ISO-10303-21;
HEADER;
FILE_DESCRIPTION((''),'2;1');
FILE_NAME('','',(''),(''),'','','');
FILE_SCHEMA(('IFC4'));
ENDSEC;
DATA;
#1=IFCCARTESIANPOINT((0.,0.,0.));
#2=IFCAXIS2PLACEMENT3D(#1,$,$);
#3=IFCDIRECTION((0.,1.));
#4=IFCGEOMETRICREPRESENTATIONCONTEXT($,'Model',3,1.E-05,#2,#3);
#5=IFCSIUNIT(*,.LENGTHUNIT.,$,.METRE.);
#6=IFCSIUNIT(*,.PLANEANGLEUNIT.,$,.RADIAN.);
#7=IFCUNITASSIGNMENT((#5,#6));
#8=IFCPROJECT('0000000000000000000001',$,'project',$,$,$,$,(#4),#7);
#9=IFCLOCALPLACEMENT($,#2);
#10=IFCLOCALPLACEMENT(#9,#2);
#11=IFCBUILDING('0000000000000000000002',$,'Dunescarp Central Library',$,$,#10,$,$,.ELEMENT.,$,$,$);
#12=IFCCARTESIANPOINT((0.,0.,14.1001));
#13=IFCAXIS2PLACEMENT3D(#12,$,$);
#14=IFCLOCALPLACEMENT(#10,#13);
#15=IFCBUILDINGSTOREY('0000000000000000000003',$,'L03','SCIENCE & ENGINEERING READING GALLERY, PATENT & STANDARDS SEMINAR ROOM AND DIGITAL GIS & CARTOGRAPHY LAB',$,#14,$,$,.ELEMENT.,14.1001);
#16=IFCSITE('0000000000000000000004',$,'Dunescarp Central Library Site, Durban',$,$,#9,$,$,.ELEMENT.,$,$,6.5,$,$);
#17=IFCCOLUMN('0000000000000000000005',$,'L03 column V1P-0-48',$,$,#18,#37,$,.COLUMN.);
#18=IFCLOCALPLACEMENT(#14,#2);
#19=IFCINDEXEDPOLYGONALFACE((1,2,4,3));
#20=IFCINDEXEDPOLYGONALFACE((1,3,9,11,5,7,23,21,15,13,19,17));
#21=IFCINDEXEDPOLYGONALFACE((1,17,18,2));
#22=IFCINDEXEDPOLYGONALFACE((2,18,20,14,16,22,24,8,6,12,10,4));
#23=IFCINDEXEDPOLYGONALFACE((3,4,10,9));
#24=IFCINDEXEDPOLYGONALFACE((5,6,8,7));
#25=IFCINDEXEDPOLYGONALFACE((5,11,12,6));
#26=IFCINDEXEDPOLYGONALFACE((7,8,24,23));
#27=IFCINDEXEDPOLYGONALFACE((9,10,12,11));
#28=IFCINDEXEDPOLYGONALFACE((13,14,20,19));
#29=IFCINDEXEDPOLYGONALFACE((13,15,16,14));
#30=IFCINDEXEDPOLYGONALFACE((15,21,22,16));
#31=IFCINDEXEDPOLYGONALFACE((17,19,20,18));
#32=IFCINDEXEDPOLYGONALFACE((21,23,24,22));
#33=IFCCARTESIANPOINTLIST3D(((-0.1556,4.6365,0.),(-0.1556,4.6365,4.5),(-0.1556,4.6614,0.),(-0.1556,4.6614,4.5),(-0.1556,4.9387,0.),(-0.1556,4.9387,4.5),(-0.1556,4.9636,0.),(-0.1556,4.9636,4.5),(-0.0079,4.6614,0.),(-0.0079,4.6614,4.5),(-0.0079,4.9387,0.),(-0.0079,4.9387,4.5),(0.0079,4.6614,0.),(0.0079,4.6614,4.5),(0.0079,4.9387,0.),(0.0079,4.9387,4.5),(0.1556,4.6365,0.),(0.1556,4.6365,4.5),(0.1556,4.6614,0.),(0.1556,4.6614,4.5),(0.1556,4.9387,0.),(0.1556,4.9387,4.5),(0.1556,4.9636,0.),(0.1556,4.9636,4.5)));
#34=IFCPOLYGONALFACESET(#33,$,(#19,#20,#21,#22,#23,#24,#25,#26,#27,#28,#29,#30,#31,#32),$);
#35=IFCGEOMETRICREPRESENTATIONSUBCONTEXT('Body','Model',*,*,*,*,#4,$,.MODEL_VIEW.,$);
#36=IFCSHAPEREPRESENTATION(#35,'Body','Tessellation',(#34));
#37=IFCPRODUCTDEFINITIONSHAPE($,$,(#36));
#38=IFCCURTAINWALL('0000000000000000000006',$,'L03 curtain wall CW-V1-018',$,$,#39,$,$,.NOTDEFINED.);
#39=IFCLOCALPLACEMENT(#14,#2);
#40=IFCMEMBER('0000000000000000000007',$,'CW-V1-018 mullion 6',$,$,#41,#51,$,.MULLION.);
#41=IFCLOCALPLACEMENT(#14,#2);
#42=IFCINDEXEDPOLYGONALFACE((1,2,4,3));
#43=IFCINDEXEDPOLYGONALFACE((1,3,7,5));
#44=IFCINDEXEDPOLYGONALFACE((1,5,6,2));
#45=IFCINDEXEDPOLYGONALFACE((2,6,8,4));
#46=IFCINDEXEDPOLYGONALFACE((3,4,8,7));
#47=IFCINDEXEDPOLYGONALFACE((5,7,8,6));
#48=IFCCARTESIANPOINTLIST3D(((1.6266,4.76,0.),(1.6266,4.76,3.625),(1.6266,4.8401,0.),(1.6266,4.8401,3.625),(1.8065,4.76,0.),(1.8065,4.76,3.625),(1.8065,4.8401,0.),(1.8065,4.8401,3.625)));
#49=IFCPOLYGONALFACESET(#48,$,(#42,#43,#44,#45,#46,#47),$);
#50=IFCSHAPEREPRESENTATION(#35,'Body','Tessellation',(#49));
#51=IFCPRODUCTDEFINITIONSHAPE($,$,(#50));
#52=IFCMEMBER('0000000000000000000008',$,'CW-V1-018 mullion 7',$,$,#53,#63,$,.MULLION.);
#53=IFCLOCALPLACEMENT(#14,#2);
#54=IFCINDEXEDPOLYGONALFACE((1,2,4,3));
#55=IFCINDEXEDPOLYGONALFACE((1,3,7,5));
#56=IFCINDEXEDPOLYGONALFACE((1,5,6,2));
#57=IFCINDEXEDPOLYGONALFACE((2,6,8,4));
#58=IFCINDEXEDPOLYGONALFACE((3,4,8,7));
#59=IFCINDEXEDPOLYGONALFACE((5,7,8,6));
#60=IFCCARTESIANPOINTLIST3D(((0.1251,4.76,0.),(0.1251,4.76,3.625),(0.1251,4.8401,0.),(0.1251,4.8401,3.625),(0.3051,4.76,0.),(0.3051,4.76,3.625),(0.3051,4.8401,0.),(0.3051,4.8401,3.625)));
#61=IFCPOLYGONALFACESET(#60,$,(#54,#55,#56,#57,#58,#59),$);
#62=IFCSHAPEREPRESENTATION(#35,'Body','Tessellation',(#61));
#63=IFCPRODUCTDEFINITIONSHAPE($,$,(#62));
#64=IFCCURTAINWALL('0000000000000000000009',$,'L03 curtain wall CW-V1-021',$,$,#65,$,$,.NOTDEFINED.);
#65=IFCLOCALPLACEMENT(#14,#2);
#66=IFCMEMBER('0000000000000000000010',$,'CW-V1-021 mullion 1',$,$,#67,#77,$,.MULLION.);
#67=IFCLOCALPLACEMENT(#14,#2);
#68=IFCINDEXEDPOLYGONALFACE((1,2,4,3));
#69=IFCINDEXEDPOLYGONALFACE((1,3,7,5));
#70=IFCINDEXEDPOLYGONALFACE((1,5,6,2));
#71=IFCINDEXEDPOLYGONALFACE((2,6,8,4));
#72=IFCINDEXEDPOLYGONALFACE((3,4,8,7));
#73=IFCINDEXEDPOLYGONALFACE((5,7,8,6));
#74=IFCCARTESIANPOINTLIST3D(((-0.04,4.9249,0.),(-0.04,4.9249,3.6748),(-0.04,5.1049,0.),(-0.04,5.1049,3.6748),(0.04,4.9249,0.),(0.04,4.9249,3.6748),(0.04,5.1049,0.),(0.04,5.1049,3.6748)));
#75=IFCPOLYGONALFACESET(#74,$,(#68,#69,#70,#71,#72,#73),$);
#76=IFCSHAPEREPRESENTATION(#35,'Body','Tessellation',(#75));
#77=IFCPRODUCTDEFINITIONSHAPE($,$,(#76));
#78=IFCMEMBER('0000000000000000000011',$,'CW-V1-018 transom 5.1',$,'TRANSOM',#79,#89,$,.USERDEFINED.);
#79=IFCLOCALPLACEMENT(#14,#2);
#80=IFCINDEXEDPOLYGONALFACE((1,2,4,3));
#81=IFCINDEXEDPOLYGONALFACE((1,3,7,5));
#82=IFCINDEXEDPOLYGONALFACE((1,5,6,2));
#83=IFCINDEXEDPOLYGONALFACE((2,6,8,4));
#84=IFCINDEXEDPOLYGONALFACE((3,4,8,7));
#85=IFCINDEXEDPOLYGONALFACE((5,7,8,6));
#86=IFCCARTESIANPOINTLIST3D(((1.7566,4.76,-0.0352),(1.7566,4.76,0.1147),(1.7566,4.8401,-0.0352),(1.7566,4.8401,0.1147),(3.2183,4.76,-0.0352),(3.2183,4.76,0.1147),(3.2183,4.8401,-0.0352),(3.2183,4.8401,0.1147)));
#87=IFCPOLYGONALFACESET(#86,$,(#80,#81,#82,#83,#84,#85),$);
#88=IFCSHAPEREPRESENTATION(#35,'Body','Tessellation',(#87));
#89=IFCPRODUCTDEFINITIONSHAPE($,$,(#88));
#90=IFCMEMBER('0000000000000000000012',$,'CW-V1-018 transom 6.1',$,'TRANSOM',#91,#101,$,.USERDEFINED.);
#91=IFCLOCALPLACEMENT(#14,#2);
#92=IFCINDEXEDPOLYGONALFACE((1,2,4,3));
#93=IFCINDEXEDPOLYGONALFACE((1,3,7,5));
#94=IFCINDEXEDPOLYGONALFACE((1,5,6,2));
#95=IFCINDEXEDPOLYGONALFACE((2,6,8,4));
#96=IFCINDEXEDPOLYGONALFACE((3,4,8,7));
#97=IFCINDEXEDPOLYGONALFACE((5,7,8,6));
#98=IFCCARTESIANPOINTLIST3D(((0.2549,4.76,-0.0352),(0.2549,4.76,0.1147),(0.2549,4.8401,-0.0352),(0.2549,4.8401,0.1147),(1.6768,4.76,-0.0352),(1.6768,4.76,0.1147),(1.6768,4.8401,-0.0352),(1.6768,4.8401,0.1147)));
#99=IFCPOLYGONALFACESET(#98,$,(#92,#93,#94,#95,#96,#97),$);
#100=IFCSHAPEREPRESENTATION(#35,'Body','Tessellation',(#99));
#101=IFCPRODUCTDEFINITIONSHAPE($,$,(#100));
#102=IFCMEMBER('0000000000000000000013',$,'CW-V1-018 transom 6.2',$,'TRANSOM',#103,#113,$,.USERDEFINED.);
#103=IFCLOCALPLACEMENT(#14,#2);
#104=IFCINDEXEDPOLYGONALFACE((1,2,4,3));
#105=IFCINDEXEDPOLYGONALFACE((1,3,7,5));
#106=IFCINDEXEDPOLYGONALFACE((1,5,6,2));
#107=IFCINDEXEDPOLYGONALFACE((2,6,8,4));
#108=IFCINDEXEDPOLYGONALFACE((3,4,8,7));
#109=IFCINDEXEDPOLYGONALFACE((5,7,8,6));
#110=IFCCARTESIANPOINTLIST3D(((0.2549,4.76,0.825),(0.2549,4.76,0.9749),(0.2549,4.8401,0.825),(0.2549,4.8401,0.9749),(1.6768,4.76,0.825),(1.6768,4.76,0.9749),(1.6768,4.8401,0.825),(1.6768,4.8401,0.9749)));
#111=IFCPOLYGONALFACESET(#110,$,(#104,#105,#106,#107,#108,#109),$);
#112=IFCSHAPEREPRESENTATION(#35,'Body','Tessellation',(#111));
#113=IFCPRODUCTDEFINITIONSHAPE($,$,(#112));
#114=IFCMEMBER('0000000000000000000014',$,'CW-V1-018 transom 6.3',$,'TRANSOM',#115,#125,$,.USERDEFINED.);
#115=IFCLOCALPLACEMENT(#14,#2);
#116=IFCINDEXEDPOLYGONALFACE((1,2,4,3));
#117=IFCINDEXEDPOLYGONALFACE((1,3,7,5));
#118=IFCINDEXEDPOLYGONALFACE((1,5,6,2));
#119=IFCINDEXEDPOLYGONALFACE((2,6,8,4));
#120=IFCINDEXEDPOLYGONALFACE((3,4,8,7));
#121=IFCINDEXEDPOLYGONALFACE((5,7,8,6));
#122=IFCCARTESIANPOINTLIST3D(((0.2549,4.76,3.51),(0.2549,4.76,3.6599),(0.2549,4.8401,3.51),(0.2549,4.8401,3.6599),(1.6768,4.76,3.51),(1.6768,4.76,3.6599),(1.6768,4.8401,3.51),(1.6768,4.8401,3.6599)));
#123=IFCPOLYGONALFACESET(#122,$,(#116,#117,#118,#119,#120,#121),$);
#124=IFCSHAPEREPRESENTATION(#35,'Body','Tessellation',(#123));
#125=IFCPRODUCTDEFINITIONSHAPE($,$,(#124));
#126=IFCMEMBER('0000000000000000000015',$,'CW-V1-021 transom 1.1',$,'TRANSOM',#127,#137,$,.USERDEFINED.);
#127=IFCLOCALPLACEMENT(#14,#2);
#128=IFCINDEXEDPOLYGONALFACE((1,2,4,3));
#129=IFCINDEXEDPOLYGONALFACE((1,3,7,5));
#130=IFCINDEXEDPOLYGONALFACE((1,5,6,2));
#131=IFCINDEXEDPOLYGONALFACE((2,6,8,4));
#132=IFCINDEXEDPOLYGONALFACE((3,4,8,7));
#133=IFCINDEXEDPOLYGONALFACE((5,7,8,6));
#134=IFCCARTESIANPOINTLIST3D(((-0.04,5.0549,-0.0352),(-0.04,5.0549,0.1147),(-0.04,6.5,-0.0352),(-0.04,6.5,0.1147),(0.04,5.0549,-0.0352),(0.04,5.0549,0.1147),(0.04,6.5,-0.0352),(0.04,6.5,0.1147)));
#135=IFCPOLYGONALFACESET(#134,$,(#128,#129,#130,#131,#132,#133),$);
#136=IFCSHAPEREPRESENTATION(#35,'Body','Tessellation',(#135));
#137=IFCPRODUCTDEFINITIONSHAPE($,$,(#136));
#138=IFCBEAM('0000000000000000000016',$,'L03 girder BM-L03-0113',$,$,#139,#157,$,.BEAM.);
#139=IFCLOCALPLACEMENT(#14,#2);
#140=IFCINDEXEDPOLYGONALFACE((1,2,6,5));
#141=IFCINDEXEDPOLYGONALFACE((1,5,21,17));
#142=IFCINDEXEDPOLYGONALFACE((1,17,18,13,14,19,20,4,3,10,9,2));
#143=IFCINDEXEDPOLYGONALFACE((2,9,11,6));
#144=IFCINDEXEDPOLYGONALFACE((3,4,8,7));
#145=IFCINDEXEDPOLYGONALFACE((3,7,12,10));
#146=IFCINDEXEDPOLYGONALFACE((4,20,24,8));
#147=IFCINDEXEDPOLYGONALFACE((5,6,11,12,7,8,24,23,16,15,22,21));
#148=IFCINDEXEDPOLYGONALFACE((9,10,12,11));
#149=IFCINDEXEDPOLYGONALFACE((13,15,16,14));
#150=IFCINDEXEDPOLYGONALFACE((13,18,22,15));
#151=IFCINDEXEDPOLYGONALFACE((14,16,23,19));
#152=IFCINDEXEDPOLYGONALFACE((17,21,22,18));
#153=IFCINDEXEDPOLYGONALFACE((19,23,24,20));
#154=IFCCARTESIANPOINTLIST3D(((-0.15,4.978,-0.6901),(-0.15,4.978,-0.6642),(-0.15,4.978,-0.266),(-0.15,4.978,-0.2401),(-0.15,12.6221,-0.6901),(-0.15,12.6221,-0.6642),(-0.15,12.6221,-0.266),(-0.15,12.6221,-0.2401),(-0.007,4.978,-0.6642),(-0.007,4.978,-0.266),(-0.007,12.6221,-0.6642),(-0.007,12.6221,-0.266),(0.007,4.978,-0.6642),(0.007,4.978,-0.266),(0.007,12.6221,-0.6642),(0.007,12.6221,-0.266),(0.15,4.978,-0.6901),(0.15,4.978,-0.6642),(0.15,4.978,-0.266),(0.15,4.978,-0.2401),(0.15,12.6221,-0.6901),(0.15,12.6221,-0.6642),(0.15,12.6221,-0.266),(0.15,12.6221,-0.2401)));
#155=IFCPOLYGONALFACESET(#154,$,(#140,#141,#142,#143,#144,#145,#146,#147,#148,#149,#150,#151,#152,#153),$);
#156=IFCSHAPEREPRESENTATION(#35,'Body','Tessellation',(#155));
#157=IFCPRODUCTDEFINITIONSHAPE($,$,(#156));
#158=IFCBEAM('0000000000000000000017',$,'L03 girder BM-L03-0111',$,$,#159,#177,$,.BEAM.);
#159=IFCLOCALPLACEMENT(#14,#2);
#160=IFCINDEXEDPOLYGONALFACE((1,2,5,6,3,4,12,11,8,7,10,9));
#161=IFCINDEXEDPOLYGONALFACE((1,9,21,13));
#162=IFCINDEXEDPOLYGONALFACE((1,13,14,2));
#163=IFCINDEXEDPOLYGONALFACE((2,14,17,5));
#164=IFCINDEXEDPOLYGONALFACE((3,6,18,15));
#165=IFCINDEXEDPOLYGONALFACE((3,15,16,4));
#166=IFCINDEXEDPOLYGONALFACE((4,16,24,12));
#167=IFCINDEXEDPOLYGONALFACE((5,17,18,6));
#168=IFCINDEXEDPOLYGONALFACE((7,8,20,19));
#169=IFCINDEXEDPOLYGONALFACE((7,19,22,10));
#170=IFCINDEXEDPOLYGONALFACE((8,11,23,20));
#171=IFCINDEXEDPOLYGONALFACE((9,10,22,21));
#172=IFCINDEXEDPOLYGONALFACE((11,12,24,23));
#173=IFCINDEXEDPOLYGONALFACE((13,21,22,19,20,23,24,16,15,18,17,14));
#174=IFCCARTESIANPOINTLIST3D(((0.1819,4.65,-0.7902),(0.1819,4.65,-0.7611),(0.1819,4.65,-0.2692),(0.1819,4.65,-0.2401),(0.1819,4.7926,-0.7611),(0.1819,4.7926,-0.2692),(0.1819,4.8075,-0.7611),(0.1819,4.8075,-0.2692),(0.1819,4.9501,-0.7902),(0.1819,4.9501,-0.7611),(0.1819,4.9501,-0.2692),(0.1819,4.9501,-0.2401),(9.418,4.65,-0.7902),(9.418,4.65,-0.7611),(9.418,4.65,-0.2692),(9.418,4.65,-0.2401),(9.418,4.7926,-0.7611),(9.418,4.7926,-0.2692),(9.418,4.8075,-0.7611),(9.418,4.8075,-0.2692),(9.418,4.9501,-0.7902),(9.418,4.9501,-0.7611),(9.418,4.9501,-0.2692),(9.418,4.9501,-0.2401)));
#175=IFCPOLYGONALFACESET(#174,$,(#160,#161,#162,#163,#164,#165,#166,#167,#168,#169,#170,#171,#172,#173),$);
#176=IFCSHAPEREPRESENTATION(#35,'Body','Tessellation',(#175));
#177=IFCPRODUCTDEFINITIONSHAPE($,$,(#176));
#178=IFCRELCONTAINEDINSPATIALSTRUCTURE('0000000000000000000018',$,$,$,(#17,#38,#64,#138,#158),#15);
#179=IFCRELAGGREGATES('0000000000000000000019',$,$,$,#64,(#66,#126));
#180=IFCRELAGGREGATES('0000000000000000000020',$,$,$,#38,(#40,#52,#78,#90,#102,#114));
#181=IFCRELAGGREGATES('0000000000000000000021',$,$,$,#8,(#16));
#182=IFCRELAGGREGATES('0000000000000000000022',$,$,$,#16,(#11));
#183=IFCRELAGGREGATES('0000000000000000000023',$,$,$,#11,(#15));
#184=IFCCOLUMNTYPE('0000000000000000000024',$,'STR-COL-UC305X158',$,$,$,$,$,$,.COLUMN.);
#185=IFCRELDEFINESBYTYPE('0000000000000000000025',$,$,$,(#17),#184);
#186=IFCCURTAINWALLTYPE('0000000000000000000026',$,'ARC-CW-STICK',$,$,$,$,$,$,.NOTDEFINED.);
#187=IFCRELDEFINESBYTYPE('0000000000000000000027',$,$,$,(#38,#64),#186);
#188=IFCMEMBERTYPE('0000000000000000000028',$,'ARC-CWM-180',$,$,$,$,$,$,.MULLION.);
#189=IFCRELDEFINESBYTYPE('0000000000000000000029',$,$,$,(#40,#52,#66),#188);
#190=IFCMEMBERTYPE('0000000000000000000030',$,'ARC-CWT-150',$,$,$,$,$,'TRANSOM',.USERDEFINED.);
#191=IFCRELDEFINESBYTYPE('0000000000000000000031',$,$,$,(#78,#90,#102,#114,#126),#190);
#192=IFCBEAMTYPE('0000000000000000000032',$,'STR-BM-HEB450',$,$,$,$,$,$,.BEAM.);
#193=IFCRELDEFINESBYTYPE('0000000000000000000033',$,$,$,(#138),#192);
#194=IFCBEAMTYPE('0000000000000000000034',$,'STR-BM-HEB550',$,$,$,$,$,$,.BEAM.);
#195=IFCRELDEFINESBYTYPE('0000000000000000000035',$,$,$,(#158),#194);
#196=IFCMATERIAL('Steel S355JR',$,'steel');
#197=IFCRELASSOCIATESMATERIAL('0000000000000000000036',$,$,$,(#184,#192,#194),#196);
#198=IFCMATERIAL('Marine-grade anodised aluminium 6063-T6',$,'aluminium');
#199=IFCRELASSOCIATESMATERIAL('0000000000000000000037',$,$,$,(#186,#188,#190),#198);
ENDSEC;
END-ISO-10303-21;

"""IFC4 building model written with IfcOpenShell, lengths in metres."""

from ifc_helpers import new_model, si_unit, direction, frame, origin, origin_2d, place, context, subcontext, project, spatial, rectangle, i_section, extrude, material, material_profile, profile_set, type_object, element, aggregate, save


model = new_model("IFC4")

# Units and contexts
model_context = context("Model", 3, precision=1e-05, world=origin(), true_north=direction((0.0, 1.0)))
body_context = subcontext(model_context, "Body", "Model", "MODEL_VIEW")
ifc_project = project(units=[si_unit("LENGTHUNIT", "METRE"), si_unit("PLANEANGLEUNIT", "RADIAN")], contexts=[model_context])

# Site, building, storey
site_placement = place(None, origin())
site = spatial("IfcSite", under=ifc_project, at=site_placement, Name="Dunescarp Central Library Site, Durban", CompositionType="ELEMENT", RefElevation=6.5)
building_placement = place(site_placement, origin())
building = spatial("IfcBuilding", under=site, at=building_placement, Name="Dunescarp Central Library", CompositionType="ELEMENT")
storey_placement = place(building_placement, frame((0.0, 0.0, 14.1001)))
storey = spatial("IfcBuildingStorey", under=building, at=storey_placement, Name="L03", Description="SCIENCE & ENGINEERING READING GALLERY, PATENT & STANDARDS SEMINAR ROOM AND DIGITAL GIS & CARTOGRAPHY LAB", CompositionType="ELEMENT", Elevation=14.1001)

# Column
ifc_material_1 = material(Name="Steel S355JR", Category="steel")
ifc_material_profile_1 = material_profile(ifc_material_1, i_section(OverallWidth=0.3113, OverallDepth=0.3271, WebThickness=0.0159, FlangeThickness=0.0249, at=origin_2d()), Name="UC 305x305x158")
ifc_profile_set_1 = profile_set([ifc_material_profile_1], Name="Steel S355JR")
column_type = type_object("IfcColumnType", Name="STR-COL-UC305X158", PredefinedType="COLUMN", material=ifc_profile_set_1)
column_placement = place(storey_placement, frame((0.0, 4.8, 0.0), z_axis=(0.0, 0.0, 1.0), x_axis=(1.0, 0.0, 0.0)))
element("IfcColumn", 1, at=column_placement, inside=storey, type_object=column_type, Name="L03 column V1P-0-48", PredefinedType="COLUMN", context=body_context, shape_type="SweptSolid", body=[
    extrude(i_section(OverallWidth=0.3113, OverallDepth=0.3271, WebThickness=0.0159, FlangeThickness=0.0249, at=origin_2d()), origin(), (0.0, 0.0, 1.0), 4.5),
])

# Curtain wall, members
ifc_material_2 = material(Name="Marine-grade anodised aluminium 6063-T6", Category="aluminium")
curtain_wall_type = type_object("IfcCurtainWallType", Name="ARC-CW-STICK", PredefinedType="NOTDEFINED", material=ifc_material_2)
curtain_wall_1_placement = place(storey_placement, origin())
curtain_wall_1 = element("IfcCurtainWall", 2, at=curtain_wall_1_placement, inside=storey, type_object=curtain_wall_type, Name="L03 curtain wall CW-V1-018", PredefinedType="NOTDEFINED")
ifc_material_profile_2 = material_profile(ifc_material_2, rectangle(XDim=0.0801, YDim=0.1799, at=origin_2d()), Name="AL 80x180")
ifc_profile_set_2 = profile_set([ifc_material_profile_2], Name="Marine-grade anodised aluminium 6063-T6")
member_type_1 = type_object("IfcMemberType", Name="ARC-CWM-180", PredefinedType="MULLION", material=ifc_profile_set_2)
member_1_placement = place(storey_placement, frame((1.7166, 4.8, 0.0), z_axis=(0.0, 0.0, 1.0), x_axis=(0.0, -1.0, 0.0)))
member_1 = element("IfcMember", 3, at=member_1_placement, type_object=member_type_1, Name="CW-V1-018 mullion 6", PredefinedType="MULLION", context=body_context, shape_type="SweptSolid", body=[
    extrude(rectangle(XDim=0.0801, YDim=0.1799, at=origin_2d()), origin(), (0.0, 0.0, 1.0), 3.625),
])
member_2_placement = place(storey_placement, frame((0.2151, 4.8, 0.0), z_axis=(0.0, 0.0, 1.0), x_axis=(0.0, -1.0, 0.0)))
member_2 = element("IfcMember", 4, at=member_2_placement, type_object=member_type_1, Name="CW-V1-018 mullion 7", PredefinedType="MULLION", context=body_context, shape_type="SweptSolid", body=[
    extrude(rectangle(XDim=0.0801, YDim=0.1799, at=origin_2d()), origin(), (0.0, 0.0, 1.0), 3.625),
])

# Curtain wall, member
curtain_wall_2_placement = place(storey_placement, origin())
curtain_wall_2 = element("IfcCurtainWall", 5, at=curtain_wall_2_placement, inside=storey, type_object=curtain_wall_type, Name="L03 curtain wall CW-V1-021", PredefinedType="NOTDEFINED")
member_3_placement = place(storey_placement, frame((0.0, 5.0149, 0.0), z_axis=(0.0, 0.0, 1.0), x_axis=(-1.0, 0.0, 0.0)))
member_3 = element("IfcMember", 6, at=member_3_placement, type_object=member_type_1, Name="CW-V1-021 mullion 1", PredefinedType="MULLION", context=body_context, shape_type="SweptSolid", body=[
    extrude(rectangle(XDim=0.0801, YDim=0.1799, at=origin_2d()), origin(), (0.0, 0.0, 1.0), 3.6748),
])

# Members
ifc_material_profile_3 = material_profile(ifc_material_2, rectangle(XDim=0.0801, YDim=0.1499, at=origin_2d()), Name="AL 80x150")
ifc_profile_set_3 = profile_set([ifc_material_profile_3], Name="Marine-grade anodised aluminium 6063-T6")
member_type_2 = type_object("IfcMemberType", Name="ARC-CWT-150", ElementType="TRANSOM", PredefinedType="USERDEFINED", material=ifc_profile_set_3)
member_4_placement = place(storey_placement, frame((3.2183, 4.8, 0.0398), z_axis=(-1.0, 0.0, 0.0), x_axis=(0.0, -1.0, 0.0)))
member_4 = element("IfcMember", 7, at=member_4_placement, type_object=member_type_2, Name="CW-V1-018 transom 5.1", ObjectType="TRANSOM", PredefinedType="USERDEFINED", context=body_context, shape_type="SweptSolid", body=[
    extrude(rectangle(XDim=0.0801, YDim=0.1499, at=origin_2d()), origin(), (0.0, 0.0, 1.0), 1.4617),
])
member_5_placement = place(storey_placement, frame((1.6768, 4.8, 0.0398), z_axis=(-1.0, 0.0, 0.0), x_axis=(0.0, -1.0, 0.0)))
member_5 = element("IfcMember", 8, at=member_5_placement, type_object=member_type_2, Name="CW-V1-018 transom 6.1", ObjectType="TRANSOM", PredefinedType="USERDEFINED", context=body_context, shape_type="SweptSolid", body=[
    extrude(rectangle(XDim=0.0801, YDim=0.1499, at=origin_2d()), origin(), (0.0, 0.0, 1.0), 1.4219),
])
member_6_placement = place(storey_placement, frame((1.6768, 4.8, 0.8999), z_axis=(-1.0, 0.0, 0.0), x_axis=(0.0, -1.0, 0.0)))
member_6 = element("IfcMember", 9, at=member_6_placement, type_object=member_type_2, Name="CW-V1-018 transom 6.2", ObjectType="TRANSOM", PredefinedType="USERDEFINED", context=body_context, shape_type="SweptSolid", body=[
    extrude(rectangle(XDim=0.0801, YDim=0.1499, at=origin_2d()), origin(), (0.0, 0.0, 1.0), 1.4219),
])
member_7_placement = place(storey_placement, frame((1.6768, 4.8, 3.585), z_axis=(-1.0, 0.0, 0.0), x_axis=(0.0, -1.0, 0.0)))
member_7 = element("IfcMember", 10, at=member_7_placement, type_object=member_type_2, Name="CW-V1-018 transom 6.3", ObjectType="TRANSOM", PredefinedType="USERDEFINED", context=body_context, shape_type="SweptSolid", body=[
    extrude(rectangle(XDim=0.0801, YDim=0.1499, at=origin_2d()), origin(), (0.0, 0.0, 1.0), 1.4219),
])
member_8_placement = place(storey_placement, frame((0.0, 5.0549, 0.0398), z_axis=(0.0, 1.0, 0.0), x_axis=(-1.0, 0.0, 0.0)))
member_8 = element("IfcMember", 11, at=member_8_placement, type_object=member_type_2, Name="CW-V1-021 transom 1.1", ObjectType="TRANSOM", PredefinedType="USERDEFINED", context=body_context, shape_type="SweptSolid", body=[
    extrude(rectangle(XDim=0.0801, YDim=0.1499, at=origin_2d()), origin(), (0.0, 0.0, 1.0), 1.4451),
])
aggregate(curtain_wall_2, [member_3, member_8])

# Beams
ifc_material_profile_4 = material_profile(ifc_material_1, i_section(OverallWidth=0.3, OverallDepth=0.45, WebThickness=0.0139, FlangeThickness=0.0259, at=origin_2d()), Name="HEB 450")
ifc_profile_set_4 = profile_set([ifc_material_profile_4], Name="Steel S355JR")
beam_type_1 = type_object("IfcBeamType", Name="STR-BM-HEB450", PredefinedType="BEAM", material=ifc_profile_set_4)
beam_1_placement = place(storey_placement, frame((0.0, 4.978, -0.4651), z_axis=(0.0, 1.0, 0.0), x_axis=(-1.0, 0.0, 0.0)))
element("IfcBeam", 12, at=beam_1_placement, inside=storey, type_object=beam_type_1, Name="L03 girder BM-L03-0113", PredefinedType="BEAM", context=body_context, shape_type="SweptSolid", body=[
    extrude(i_section(OverallWidth=0.3, OverallDepth=0.45, WebThickness=0.0139, FlangeThickness=0.0259, at=origin_2d()), origin(), (0.0, 0.0, 1.0), 7.644),
])
ifc_material_profile_5 = material_profile(ifc_material_1, i_section(OverallWidth=0.3, OverallDepth=0.55, WebThickness=0.0149, FlangeThickness=0.0291, at=origin_2d()), Name="HEB 550")
ifc_profile_set_5 = profile_set([ifc_material_profile_5], Name="Steel S355JR")
beam_type_2 = type_object("IfcBeamType", Name="STR-BM-HEB550", PredefinedType="BEAM", material=ifc_profile_set_5)
beam_2_placement = place(storey_placement, frame((0.1819, 4.8, -0.5151), z_axis=(1.0, 0.0, 0.0), x_axis=(0.0, 1.0, 0.0)))
element("IfcBeam", 13, at=beam_2_placement, inside=storey, type_object=beam_type_2, Name="L03 girder BM-L03-0111", PredefinedType="BEAM", context=body_context, shape_type="SweptSolid", body=[
    extrude(i_section(OverallWidth=0.3, OverallDepth=0.55, WebThickness=0.0149, FlangeThickness=0.0291, at=origin_2d()), origin(), (0.0, 0.0, 1.0), 9.2361),
])

aggregate(curtain_wall_1, [member_1, member_2, member_4, member_5, member_6, member_7])

save(model, "model.ifc")
